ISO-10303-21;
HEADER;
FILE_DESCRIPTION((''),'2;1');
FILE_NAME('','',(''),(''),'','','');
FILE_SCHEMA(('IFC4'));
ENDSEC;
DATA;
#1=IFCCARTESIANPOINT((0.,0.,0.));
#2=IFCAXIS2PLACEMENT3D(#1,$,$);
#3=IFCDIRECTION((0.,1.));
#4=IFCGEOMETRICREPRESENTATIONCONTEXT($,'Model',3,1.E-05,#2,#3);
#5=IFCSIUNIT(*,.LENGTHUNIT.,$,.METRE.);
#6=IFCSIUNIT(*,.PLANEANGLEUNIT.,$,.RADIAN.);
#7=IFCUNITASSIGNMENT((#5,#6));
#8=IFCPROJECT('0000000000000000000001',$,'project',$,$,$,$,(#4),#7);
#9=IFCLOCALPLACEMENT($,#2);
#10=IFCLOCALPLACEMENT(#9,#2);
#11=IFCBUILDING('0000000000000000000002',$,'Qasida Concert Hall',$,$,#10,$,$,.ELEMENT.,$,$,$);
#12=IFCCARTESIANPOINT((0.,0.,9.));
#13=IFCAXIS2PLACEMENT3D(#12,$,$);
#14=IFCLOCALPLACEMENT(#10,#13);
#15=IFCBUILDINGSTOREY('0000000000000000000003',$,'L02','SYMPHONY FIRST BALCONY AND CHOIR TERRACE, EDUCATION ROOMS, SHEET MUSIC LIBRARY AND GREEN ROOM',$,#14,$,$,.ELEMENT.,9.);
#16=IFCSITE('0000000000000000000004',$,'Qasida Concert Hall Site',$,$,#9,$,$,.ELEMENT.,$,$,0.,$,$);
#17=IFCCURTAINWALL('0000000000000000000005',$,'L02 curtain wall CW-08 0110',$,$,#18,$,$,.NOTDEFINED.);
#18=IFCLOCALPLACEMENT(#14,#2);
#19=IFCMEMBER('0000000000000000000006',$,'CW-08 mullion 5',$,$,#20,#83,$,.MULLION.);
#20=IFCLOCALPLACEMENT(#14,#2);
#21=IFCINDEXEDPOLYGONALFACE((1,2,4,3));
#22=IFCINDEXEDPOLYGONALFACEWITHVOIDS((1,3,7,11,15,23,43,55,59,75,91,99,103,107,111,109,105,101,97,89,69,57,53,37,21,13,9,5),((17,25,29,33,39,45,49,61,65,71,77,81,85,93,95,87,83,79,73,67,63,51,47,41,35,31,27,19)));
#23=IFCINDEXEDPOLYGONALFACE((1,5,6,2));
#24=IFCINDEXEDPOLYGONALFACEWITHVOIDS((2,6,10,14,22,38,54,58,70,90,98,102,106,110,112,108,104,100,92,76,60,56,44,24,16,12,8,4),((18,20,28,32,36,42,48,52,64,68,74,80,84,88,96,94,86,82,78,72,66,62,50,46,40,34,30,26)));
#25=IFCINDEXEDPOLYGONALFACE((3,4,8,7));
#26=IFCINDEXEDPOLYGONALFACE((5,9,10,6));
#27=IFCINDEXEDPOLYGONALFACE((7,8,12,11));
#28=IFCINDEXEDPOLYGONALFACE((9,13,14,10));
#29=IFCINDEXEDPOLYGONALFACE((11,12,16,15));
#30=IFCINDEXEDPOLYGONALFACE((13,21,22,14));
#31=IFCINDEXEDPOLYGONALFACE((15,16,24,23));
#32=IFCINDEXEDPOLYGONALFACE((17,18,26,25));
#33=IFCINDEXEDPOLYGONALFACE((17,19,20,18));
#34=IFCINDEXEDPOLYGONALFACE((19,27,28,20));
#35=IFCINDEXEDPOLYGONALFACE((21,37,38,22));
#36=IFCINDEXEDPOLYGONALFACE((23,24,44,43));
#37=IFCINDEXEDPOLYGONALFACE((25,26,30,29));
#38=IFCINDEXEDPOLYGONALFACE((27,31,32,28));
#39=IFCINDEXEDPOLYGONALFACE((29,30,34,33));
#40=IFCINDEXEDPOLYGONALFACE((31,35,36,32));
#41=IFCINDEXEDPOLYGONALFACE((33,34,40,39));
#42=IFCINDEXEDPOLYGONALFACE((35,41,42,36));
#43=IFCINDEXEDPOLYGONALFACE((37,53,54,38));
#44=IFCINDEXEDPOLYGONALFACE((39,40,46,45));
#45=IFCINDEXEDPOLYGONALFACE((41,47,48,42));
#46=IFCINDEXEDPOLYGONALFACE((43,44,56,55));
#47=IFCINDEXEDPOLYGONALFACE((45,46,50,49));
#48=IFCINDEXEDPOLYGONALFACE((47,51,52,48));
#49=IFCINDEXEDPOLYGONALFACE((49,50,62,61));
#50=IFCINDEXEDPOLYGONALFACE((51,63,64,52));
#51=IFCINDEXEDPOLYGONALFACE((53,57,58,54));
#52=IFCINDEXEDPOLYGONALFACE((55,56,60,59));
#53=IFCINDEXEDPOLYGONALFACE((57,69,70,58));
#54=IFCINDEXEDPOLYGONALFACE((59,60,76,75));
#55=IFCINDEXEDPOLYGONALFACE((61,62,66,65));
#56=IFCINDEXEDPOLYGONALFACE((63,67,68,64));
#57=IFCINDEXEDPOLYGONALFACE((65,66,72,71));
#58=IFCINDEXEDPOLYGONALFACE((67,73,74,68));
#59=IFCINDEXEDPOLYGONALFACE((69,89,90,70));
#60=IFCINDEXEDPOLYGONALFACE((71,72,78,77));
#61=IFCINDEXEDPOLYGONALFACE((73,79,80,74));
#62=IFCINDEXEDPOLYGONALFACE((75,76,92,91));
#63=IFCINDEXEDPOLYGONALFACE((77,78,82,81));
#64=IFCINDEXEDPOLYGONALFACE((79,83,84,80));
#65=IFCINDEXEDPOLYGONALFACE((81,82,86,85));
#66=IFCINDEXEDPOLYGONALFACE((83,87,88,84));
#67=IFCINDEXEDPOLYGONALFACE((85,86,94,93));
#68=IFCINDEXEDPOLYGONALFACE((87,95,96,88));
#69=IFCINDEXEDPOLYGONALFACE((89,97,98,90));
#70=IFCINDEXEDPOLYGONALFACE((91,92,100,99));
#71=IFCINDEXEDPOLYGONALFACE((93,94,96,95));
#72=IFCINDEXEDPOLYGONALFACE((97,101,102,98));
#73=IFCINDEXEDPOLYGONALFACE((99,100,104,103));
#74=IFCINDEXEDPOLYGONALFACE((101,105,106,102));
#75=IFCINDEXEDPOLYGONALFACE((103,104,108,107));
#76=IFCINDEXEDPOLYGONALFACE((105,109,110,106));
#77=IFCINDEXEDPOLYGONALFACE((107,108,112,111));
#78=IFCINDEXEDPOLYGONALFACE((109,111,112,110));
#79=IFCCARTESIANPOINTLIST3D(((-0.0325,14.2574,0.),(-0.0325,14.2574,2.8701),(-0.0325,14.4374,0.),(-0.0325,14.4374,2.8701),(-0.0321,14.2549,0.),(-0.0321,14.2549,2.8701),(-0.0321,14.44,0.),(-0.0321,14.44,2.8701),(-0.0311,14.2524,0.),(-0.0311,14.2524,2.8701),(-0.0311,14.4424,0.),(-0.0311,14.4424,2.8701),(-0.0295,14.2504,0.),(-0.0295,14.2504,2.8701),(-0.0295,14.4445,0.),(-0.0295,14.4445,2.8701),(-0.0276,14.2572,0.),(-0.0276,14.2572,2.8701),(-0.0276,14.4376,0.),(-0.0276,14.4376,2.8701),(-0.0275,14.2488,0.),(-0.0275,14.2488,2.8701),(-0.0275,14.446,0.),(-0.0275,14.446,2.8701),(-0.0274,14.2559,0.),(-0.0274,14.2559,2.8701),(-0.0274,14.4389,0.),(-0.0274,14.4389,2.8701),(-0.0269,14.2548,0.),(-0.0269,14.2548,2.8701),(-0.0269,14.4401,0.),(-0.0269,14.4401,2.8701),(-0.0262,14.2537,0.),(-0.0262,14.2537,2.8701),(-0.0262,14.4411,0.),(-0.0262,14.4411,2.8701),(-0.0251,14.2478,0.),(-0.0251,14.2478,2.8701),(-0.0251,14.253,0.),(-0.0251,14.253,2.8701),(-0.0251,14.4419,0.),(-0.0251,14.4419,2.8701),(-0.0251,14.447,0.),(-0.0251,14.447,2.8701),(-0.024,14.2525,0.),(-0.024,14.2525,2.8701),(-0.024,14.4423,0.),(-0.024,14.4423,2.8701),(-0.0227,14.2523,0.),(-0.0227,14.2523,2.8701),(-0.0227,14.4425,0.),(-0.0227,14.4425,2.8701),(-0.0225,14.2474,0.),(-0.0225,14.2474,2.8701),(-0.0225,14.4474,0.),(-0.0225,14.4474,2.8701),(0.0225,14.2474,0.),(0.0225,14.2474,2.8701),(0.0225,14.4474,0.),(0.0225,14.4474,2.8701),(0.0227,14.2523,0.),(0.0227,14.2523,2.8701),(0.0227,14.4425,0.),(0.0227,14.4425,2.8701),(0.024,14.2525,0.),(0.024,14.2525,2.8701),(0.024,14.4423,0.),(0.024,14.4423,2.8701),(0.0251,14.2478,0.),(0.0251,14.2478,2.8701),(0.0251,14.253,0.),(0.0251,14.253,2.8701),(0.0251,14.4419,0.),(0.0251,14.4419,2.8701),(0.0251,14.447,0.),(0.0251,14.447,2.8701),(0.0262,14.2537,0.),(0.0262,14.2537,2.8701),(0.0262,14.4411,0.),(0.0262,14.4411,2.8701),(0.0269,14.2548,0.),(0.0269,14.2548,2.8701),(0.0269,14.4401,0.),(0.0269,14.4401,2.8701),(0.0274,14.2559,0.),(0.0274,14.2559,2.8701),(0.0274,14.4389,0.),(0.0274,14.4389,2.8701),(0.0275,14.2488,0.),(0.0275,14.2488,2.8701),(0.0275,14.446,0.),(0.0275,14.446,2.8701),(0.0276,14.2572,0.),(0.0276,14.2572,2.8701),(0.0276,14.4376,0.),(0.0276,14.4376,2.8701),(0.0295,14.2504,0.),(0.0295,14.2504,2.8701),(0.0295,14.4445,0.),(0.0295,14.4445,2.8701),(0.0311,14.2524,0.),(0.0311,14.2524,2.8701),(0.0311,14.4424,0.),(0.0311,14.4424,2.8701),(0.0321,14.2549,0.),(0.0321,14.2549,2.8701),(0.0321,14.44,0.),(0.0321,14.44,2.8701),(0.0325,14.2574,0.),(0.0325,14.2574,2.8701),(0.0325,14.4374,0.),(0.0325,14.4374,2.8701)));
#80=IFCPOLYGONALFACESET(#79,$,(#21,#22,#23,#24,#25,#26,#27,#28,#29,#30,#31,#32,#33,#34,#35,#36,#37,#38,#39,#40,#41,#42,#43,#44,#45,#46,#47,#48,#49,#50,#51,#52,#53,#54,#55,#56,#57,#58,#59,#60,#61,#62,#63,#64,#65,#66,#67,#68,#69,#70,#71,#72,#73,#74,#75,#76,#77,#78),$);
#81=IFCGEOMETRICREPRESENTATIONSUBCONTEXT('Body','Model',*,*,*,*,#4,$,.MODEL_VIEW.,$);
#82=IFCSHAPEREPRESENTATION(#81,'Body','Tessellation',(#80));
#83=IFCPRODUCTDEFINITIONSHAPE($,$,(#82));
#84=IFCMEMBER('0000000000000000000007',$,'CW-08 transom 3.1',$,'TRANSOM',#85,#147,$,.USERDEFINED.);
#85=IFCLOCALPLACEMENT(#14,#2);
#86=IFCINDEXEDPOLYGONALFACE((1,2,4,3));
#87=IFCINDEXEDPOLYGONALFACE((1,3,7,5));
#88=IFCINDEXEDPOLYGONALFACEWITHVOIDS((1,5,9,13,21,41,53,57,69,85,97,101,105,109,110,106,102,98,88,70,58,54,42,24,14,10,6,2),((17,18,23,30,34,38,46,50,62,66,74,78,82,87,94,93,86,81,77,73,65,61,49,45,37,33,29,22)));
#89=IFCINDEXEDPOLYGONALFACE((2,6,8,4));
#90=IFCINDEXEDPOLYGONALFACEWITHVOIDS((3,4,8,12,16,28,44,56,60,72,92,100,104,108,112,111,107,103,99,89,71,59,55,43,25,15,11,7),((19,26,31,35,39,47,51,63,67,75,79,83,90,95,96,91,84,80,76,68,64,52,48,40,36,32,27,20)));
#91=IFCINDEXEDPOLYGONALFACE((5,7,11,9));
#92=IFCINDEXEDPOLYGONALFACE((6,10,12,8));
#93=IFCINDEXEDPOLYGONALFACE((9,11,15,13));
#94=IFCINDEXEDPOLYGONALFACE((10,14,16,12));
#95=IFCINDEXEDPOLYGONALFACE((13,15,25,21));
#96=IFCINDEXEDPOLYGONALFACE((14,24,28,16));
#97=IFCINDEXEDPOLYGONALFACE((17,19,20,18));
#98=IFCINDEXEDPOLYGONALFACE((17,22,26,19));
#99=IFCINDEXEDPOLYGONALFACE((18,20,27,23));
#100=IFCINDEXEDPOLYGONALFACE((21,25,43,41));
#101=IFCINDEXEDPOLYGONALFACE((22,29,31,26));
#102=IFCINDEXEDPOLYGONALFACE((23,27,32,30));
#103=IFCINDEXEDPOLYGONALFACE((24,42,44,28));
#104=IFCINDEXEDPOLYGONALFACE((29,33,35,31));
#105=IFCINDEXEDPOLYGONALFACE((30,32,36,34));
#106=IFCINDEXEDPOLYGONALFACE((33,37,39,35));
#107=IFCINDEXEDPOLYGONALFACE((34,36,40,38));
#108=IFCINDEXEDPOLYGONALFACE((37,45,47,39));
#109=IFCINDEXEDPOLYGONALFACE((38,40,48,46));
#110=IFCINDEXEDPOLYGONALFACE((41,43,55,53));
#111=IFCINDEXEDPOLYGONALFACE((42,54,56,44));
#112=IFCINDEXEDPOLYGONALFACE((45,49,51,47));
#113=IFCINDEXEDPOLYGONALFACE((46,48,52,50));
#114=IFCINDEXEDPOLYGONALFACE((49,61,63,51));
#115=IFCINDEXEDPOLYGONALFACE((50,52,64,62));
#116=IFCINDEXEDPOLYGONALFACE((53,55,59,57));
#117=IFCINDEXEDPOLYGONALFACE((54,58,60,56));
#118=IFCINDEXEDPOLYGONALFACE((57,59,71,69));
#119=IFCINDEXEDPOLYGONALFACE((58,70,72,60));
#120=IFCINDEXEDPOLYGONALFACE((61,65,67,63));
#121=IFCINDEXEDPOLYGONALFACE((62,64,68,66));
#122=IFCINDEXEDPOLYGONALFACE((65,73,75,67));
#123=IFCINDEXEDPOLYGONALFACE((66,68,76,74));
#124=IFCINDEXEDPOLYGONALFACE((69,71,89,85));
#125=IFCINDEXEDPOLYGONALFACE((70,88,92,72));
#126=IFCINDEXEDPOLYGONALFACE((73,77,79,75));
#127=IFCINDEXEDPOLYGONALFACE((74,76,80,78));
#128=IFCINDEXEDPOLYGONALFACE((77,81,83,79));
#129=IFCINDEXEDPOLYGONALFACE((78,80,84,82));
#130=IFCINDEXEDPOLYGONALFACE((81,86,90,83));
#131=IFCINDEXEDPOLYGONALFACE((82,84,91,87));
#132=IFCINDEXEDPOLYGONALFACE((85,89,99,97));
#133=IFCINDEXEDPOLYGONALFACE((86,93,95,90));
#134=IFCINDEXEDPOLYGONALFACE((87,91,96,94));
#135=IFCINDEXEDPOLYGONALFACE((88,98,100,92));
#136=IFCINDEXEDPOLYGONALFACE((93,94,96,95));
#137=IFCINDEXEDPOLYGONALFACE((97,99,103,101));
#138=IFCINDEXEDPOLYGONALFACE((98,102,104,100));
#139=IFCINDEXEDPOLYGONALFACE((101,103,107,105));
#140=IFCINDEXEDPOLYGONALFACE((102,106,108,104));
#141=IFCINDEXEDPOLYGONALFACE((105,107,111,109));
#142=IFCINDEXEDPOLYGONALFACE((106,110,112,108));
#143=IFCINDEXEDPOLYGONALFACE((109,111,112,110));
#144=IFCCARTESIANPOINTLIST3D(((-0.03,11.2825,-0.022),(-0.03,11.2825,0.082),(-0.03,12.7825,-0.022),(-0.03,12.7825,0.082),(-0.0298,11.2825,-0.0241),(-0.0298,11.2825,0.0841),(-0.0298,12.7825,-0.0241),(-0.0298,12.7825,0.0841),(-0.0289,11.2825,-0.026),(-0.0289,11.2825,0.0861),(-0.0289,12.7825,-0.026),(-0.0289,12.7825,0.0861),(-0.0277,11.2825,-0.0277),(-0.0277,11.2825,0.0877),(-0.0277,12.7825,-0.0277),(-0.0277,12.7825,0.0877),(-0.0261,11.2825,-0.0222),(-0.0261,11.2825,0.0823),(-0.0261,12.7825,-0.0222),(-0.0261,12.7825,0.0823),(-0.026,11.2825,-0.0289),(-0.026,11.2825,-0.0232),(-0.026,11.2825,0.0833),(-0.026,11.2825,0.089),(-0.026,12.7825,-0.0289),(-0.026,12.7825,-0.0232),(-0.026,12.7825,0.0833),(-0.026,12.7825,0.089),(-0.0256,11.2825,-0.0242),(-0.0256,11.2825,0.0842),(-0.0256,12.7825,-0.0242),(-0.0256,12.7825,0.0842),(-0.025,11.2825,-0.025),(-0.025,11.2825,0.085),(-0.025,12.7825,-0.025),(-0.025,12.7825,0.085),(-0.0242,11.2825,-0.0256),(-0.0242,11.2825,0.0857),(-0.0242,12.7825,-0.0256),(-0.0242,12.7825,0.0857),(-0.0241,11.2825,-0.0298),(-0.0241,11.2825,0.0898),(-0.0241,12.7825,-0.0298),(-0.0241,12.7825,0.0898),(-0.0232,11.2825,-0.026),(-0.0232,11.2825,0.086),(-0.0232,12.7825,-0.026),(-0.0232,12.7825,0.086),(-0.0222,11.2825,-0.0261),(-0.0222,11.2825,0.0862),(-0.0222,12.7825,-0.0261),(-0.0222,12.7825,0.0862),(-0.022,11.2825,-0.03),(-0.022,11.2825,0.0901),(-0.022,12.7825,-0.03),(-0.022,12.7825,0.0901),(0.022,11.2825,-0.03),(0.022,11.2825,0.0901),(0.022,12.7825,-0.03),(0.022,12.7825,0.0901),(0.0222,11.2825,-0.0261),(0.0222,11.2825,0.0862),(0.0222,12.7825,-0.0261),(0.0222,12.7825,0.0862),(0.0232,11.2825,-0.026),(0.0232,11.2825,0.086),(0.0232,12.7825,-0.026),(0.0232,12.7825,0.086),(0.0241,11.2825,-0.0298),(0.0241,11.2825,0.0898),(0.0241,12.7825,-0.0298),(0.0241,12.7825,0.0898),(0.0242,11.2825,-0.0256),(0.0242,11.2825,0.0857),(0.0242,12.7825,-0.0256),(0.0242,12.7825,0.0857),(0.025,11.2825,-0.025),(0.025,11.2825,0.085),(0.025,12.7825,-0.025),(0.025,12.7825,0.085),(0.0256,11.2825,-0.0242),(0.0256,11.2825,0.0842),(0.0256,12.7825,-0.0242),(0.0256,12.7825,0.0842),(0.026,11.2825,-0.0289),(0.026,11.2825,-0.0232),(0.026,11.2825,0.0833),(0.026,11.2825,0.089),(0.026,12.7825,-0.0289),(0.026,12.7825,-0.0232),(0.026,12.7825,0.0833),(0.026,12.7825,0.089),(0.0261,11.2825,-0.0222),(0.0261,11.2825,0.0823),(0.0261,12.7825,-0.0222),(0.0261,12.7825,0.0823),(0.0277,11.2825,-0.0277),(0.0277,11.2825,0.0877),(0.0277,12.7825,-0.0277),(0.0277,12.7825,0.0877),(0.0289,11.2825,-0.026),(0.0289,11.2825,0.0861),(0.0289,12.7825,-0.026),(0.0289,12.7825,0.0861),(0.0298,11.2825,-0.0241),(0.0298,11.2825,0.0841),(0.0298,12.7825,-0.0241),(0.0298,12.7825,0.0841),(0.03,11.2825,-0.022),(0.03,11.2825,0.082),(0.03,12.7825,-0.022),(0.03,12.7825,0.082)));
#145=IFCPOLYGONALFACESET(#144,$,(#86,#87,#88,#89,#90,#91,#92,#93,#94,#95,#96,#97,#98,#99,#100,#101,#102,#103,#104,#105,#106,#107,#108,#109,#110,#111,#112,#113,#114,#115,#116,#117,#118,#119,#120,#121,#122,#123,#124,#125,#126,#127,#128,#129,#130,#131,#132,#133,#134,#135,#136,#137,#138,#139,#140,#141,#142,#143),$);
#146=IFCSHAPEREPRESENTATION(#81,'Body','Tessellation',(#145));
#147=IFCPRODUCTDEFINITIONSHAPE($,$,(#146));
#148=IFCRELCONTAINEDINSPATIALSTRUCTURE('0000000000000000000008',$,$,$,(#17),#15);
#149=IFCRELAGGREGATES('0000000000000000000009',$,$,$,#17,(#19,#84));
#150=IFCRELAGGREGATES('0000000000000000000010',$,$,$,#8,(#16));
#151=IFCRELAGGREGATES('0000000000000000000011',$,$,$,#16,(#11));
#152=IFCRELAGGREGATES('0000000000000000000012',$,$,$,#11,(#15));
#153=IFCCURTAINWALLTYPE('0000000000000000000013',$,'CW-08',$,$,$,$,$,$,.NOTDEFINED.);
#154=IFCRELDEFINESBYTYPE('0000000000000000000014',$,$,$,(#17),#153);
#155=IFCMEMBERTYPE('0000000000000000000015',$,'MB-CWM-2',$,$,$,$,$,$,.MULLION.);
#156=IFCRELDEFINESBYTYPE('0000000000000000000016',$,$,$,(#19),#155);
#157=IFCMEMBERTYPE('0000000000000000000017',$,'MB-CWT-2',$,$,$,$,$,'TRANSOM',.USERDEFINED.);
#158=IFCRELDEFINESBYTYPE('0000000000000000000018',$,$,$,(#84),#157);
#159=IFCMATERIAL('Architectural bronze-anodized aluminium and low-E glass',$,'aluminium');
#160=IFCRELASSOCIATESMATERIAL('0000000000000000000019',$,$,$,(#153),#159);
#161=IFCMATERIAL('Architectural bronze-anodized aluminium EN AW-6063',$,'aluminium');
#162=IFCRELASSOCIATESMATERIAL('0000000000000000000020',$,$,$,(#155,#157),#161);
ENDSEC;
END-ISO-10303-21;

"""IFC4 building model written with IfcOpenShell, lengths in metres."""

from ifc_helpers import new_model, si_unit, direction, frame, origin, origin_2d, place, context, subcontext, project, spatial, hollow_rectangle, extrude, material, material_profile, profile_set, type_object, element, aggregate, save


model = new_model("IFC4")

# Units and contexts
model_context = context("Model", 3, precision=1e-05, world=origin(), true_north=direction((0.0, 1.0)))
body_context = subcontext(model_context, "Body", "Model", "MODEL_VIEW")
ifc_project = project(units=[si_unit("LENGTHUNIT", "METRE"), si_unit("PLANEANGLEUNIT", "RADIAN")], contexts=[model_context])

# Site, building, storey
site_placement = place(None, origin())
site = spatial("IfcSite", under=ifc_project, at=site_placement, Name="Qasida Concert Hall Site", CompositionType="ELEMENT", RefElevation=0.0)
building_placement = place(site_placement, origin())
building = spatial("IfcBuilding", under=site, at=building_placement, Name="Qasida Concert Hall", CompositionType="ELEMENT")
storey_placement = place(building_placement, frame((0.0, 0.0, 9.0)))
storey = spatial("IfcBuildingStorey", under=building, at=storey_placement, Name="L02", Description="SYMPHONY FIRST BALCONY AND CHOIR TERRACE, EDUCATION ROOMS, SHEET MUSIC LIBRARY AND GREEN ROOM", CompositionType="ELEMENT", Elevation=9.0)

# Curtain wall, members
ifc_material_1 = material(Name="Architectural bronze-anodized aluminium and low-E glass", Category="aluminium")
curtain_wall_type = type_object("IfcCurtainWallType", Name="CW-08", PredefinedType="NOTDEFINED", material=ifc_material_1)
curtain_wall_placement = place(storey_placement, origin())
curtain_wall = element("IfcCurtainWall", 1, at=curtain_wall_placement, inside=storey, type_object=curtain_wall_type, Name="L02 curtain wall CW-08 0110", PredefinedType="NOTDEFINED")
ifc_material_2 = material(Name="Architectural bronze-anodized aluminium EN AW-6063", Category="aluminium")
ifc_material_profile_1 = material_profile(ifc_material_2, hollow_rectangle(XDim=0.0649, YDim=0.2, WallThickness=0.0049, InnerFilletRadius=0.0049, OuterFilletRadius=0.01, at=origin_2d()), Name="CWM 200x65x5")
ifc_profile_set_1 = profile_set([ifc_material_profile_1], Name="Architectural bronze-anodized aluminium EN AW-6063")
member_type_1 = type_object("IfcMemberType", Name="MB-CWM-2", PredefinedType="MULLION", material=ifc_profile_set_1)
member_1_placement = place(storey_placement, frame((0.0, 14.3474, 0.0), z_axis=(0.0, 0.0, 1.0), x_axis=(-1.0, 0.0, 0.0)))
member_1 = element("IfcMember", 2, at=member_1_placement, type_object=member_type_1, Name="CW-08 mullion 5", PredefinedType="MULLION", context=body_context, shape_type="SweptSolid", body=[
    extrude(hollow_rectangle(XDim=0.0649, YDim=0.2, WallThickness=0.0049, InnerFilletRadius=0.0049, OuterFilletRadius=0.01, at=origin_2d()), origin(), (0.0, 0.0, 1.0), 2.8701),
])
ifc_material_profile_2 = material_profile(ifc_material_2, hollow_rectangle(XDim=0.0601, YDim=0.1201, WallThickness=0.0039, InnerFilletRadius=0.0039, OuterFilletRadius=0.0081, at=origin_2d()), Name="CWT 120x60x4")
ifc_profile_set_2 = profile_set([ifc_material_profile_2], Name="Architectural bronze-anodized aluminium EN AW-6063")
member_type_2 = type_object("IfcMemberType", Name="MB-CWT-2", ElementType="TRANSOM", PredefinedType="USERDEFINED", material=ifc_profile_set_2)
member_2_placement = place(storey_placement, frame((0.0, 11.2825, 0.03), z_axis=(0.0, 1.0, 0.0), x_axis=(-1.0, 0.0, 0.0)))
member_2 = element("IfcMember", 3, at=member_2_placement, type_object=member_type_2, Name="CW-08 transom 3.1", ObjectType="TRANSOM", PredefinedType="USERDEFINED", context=body_context, shape_type="SweptSolid", body=[
    extrude(hollow_rectangle(XDim=0.0601, YDim=0.1201, WallThickness=0.0039, InnerFilletRadius=0.0039, OuterFilletRadius=0.0081, at=origin_2d()), origin(), (0.0, 0.0, 1.0), 1.5),
])
aggregate(curtain_wall, [member_1, member_2])

save(model, "model.ifc")
